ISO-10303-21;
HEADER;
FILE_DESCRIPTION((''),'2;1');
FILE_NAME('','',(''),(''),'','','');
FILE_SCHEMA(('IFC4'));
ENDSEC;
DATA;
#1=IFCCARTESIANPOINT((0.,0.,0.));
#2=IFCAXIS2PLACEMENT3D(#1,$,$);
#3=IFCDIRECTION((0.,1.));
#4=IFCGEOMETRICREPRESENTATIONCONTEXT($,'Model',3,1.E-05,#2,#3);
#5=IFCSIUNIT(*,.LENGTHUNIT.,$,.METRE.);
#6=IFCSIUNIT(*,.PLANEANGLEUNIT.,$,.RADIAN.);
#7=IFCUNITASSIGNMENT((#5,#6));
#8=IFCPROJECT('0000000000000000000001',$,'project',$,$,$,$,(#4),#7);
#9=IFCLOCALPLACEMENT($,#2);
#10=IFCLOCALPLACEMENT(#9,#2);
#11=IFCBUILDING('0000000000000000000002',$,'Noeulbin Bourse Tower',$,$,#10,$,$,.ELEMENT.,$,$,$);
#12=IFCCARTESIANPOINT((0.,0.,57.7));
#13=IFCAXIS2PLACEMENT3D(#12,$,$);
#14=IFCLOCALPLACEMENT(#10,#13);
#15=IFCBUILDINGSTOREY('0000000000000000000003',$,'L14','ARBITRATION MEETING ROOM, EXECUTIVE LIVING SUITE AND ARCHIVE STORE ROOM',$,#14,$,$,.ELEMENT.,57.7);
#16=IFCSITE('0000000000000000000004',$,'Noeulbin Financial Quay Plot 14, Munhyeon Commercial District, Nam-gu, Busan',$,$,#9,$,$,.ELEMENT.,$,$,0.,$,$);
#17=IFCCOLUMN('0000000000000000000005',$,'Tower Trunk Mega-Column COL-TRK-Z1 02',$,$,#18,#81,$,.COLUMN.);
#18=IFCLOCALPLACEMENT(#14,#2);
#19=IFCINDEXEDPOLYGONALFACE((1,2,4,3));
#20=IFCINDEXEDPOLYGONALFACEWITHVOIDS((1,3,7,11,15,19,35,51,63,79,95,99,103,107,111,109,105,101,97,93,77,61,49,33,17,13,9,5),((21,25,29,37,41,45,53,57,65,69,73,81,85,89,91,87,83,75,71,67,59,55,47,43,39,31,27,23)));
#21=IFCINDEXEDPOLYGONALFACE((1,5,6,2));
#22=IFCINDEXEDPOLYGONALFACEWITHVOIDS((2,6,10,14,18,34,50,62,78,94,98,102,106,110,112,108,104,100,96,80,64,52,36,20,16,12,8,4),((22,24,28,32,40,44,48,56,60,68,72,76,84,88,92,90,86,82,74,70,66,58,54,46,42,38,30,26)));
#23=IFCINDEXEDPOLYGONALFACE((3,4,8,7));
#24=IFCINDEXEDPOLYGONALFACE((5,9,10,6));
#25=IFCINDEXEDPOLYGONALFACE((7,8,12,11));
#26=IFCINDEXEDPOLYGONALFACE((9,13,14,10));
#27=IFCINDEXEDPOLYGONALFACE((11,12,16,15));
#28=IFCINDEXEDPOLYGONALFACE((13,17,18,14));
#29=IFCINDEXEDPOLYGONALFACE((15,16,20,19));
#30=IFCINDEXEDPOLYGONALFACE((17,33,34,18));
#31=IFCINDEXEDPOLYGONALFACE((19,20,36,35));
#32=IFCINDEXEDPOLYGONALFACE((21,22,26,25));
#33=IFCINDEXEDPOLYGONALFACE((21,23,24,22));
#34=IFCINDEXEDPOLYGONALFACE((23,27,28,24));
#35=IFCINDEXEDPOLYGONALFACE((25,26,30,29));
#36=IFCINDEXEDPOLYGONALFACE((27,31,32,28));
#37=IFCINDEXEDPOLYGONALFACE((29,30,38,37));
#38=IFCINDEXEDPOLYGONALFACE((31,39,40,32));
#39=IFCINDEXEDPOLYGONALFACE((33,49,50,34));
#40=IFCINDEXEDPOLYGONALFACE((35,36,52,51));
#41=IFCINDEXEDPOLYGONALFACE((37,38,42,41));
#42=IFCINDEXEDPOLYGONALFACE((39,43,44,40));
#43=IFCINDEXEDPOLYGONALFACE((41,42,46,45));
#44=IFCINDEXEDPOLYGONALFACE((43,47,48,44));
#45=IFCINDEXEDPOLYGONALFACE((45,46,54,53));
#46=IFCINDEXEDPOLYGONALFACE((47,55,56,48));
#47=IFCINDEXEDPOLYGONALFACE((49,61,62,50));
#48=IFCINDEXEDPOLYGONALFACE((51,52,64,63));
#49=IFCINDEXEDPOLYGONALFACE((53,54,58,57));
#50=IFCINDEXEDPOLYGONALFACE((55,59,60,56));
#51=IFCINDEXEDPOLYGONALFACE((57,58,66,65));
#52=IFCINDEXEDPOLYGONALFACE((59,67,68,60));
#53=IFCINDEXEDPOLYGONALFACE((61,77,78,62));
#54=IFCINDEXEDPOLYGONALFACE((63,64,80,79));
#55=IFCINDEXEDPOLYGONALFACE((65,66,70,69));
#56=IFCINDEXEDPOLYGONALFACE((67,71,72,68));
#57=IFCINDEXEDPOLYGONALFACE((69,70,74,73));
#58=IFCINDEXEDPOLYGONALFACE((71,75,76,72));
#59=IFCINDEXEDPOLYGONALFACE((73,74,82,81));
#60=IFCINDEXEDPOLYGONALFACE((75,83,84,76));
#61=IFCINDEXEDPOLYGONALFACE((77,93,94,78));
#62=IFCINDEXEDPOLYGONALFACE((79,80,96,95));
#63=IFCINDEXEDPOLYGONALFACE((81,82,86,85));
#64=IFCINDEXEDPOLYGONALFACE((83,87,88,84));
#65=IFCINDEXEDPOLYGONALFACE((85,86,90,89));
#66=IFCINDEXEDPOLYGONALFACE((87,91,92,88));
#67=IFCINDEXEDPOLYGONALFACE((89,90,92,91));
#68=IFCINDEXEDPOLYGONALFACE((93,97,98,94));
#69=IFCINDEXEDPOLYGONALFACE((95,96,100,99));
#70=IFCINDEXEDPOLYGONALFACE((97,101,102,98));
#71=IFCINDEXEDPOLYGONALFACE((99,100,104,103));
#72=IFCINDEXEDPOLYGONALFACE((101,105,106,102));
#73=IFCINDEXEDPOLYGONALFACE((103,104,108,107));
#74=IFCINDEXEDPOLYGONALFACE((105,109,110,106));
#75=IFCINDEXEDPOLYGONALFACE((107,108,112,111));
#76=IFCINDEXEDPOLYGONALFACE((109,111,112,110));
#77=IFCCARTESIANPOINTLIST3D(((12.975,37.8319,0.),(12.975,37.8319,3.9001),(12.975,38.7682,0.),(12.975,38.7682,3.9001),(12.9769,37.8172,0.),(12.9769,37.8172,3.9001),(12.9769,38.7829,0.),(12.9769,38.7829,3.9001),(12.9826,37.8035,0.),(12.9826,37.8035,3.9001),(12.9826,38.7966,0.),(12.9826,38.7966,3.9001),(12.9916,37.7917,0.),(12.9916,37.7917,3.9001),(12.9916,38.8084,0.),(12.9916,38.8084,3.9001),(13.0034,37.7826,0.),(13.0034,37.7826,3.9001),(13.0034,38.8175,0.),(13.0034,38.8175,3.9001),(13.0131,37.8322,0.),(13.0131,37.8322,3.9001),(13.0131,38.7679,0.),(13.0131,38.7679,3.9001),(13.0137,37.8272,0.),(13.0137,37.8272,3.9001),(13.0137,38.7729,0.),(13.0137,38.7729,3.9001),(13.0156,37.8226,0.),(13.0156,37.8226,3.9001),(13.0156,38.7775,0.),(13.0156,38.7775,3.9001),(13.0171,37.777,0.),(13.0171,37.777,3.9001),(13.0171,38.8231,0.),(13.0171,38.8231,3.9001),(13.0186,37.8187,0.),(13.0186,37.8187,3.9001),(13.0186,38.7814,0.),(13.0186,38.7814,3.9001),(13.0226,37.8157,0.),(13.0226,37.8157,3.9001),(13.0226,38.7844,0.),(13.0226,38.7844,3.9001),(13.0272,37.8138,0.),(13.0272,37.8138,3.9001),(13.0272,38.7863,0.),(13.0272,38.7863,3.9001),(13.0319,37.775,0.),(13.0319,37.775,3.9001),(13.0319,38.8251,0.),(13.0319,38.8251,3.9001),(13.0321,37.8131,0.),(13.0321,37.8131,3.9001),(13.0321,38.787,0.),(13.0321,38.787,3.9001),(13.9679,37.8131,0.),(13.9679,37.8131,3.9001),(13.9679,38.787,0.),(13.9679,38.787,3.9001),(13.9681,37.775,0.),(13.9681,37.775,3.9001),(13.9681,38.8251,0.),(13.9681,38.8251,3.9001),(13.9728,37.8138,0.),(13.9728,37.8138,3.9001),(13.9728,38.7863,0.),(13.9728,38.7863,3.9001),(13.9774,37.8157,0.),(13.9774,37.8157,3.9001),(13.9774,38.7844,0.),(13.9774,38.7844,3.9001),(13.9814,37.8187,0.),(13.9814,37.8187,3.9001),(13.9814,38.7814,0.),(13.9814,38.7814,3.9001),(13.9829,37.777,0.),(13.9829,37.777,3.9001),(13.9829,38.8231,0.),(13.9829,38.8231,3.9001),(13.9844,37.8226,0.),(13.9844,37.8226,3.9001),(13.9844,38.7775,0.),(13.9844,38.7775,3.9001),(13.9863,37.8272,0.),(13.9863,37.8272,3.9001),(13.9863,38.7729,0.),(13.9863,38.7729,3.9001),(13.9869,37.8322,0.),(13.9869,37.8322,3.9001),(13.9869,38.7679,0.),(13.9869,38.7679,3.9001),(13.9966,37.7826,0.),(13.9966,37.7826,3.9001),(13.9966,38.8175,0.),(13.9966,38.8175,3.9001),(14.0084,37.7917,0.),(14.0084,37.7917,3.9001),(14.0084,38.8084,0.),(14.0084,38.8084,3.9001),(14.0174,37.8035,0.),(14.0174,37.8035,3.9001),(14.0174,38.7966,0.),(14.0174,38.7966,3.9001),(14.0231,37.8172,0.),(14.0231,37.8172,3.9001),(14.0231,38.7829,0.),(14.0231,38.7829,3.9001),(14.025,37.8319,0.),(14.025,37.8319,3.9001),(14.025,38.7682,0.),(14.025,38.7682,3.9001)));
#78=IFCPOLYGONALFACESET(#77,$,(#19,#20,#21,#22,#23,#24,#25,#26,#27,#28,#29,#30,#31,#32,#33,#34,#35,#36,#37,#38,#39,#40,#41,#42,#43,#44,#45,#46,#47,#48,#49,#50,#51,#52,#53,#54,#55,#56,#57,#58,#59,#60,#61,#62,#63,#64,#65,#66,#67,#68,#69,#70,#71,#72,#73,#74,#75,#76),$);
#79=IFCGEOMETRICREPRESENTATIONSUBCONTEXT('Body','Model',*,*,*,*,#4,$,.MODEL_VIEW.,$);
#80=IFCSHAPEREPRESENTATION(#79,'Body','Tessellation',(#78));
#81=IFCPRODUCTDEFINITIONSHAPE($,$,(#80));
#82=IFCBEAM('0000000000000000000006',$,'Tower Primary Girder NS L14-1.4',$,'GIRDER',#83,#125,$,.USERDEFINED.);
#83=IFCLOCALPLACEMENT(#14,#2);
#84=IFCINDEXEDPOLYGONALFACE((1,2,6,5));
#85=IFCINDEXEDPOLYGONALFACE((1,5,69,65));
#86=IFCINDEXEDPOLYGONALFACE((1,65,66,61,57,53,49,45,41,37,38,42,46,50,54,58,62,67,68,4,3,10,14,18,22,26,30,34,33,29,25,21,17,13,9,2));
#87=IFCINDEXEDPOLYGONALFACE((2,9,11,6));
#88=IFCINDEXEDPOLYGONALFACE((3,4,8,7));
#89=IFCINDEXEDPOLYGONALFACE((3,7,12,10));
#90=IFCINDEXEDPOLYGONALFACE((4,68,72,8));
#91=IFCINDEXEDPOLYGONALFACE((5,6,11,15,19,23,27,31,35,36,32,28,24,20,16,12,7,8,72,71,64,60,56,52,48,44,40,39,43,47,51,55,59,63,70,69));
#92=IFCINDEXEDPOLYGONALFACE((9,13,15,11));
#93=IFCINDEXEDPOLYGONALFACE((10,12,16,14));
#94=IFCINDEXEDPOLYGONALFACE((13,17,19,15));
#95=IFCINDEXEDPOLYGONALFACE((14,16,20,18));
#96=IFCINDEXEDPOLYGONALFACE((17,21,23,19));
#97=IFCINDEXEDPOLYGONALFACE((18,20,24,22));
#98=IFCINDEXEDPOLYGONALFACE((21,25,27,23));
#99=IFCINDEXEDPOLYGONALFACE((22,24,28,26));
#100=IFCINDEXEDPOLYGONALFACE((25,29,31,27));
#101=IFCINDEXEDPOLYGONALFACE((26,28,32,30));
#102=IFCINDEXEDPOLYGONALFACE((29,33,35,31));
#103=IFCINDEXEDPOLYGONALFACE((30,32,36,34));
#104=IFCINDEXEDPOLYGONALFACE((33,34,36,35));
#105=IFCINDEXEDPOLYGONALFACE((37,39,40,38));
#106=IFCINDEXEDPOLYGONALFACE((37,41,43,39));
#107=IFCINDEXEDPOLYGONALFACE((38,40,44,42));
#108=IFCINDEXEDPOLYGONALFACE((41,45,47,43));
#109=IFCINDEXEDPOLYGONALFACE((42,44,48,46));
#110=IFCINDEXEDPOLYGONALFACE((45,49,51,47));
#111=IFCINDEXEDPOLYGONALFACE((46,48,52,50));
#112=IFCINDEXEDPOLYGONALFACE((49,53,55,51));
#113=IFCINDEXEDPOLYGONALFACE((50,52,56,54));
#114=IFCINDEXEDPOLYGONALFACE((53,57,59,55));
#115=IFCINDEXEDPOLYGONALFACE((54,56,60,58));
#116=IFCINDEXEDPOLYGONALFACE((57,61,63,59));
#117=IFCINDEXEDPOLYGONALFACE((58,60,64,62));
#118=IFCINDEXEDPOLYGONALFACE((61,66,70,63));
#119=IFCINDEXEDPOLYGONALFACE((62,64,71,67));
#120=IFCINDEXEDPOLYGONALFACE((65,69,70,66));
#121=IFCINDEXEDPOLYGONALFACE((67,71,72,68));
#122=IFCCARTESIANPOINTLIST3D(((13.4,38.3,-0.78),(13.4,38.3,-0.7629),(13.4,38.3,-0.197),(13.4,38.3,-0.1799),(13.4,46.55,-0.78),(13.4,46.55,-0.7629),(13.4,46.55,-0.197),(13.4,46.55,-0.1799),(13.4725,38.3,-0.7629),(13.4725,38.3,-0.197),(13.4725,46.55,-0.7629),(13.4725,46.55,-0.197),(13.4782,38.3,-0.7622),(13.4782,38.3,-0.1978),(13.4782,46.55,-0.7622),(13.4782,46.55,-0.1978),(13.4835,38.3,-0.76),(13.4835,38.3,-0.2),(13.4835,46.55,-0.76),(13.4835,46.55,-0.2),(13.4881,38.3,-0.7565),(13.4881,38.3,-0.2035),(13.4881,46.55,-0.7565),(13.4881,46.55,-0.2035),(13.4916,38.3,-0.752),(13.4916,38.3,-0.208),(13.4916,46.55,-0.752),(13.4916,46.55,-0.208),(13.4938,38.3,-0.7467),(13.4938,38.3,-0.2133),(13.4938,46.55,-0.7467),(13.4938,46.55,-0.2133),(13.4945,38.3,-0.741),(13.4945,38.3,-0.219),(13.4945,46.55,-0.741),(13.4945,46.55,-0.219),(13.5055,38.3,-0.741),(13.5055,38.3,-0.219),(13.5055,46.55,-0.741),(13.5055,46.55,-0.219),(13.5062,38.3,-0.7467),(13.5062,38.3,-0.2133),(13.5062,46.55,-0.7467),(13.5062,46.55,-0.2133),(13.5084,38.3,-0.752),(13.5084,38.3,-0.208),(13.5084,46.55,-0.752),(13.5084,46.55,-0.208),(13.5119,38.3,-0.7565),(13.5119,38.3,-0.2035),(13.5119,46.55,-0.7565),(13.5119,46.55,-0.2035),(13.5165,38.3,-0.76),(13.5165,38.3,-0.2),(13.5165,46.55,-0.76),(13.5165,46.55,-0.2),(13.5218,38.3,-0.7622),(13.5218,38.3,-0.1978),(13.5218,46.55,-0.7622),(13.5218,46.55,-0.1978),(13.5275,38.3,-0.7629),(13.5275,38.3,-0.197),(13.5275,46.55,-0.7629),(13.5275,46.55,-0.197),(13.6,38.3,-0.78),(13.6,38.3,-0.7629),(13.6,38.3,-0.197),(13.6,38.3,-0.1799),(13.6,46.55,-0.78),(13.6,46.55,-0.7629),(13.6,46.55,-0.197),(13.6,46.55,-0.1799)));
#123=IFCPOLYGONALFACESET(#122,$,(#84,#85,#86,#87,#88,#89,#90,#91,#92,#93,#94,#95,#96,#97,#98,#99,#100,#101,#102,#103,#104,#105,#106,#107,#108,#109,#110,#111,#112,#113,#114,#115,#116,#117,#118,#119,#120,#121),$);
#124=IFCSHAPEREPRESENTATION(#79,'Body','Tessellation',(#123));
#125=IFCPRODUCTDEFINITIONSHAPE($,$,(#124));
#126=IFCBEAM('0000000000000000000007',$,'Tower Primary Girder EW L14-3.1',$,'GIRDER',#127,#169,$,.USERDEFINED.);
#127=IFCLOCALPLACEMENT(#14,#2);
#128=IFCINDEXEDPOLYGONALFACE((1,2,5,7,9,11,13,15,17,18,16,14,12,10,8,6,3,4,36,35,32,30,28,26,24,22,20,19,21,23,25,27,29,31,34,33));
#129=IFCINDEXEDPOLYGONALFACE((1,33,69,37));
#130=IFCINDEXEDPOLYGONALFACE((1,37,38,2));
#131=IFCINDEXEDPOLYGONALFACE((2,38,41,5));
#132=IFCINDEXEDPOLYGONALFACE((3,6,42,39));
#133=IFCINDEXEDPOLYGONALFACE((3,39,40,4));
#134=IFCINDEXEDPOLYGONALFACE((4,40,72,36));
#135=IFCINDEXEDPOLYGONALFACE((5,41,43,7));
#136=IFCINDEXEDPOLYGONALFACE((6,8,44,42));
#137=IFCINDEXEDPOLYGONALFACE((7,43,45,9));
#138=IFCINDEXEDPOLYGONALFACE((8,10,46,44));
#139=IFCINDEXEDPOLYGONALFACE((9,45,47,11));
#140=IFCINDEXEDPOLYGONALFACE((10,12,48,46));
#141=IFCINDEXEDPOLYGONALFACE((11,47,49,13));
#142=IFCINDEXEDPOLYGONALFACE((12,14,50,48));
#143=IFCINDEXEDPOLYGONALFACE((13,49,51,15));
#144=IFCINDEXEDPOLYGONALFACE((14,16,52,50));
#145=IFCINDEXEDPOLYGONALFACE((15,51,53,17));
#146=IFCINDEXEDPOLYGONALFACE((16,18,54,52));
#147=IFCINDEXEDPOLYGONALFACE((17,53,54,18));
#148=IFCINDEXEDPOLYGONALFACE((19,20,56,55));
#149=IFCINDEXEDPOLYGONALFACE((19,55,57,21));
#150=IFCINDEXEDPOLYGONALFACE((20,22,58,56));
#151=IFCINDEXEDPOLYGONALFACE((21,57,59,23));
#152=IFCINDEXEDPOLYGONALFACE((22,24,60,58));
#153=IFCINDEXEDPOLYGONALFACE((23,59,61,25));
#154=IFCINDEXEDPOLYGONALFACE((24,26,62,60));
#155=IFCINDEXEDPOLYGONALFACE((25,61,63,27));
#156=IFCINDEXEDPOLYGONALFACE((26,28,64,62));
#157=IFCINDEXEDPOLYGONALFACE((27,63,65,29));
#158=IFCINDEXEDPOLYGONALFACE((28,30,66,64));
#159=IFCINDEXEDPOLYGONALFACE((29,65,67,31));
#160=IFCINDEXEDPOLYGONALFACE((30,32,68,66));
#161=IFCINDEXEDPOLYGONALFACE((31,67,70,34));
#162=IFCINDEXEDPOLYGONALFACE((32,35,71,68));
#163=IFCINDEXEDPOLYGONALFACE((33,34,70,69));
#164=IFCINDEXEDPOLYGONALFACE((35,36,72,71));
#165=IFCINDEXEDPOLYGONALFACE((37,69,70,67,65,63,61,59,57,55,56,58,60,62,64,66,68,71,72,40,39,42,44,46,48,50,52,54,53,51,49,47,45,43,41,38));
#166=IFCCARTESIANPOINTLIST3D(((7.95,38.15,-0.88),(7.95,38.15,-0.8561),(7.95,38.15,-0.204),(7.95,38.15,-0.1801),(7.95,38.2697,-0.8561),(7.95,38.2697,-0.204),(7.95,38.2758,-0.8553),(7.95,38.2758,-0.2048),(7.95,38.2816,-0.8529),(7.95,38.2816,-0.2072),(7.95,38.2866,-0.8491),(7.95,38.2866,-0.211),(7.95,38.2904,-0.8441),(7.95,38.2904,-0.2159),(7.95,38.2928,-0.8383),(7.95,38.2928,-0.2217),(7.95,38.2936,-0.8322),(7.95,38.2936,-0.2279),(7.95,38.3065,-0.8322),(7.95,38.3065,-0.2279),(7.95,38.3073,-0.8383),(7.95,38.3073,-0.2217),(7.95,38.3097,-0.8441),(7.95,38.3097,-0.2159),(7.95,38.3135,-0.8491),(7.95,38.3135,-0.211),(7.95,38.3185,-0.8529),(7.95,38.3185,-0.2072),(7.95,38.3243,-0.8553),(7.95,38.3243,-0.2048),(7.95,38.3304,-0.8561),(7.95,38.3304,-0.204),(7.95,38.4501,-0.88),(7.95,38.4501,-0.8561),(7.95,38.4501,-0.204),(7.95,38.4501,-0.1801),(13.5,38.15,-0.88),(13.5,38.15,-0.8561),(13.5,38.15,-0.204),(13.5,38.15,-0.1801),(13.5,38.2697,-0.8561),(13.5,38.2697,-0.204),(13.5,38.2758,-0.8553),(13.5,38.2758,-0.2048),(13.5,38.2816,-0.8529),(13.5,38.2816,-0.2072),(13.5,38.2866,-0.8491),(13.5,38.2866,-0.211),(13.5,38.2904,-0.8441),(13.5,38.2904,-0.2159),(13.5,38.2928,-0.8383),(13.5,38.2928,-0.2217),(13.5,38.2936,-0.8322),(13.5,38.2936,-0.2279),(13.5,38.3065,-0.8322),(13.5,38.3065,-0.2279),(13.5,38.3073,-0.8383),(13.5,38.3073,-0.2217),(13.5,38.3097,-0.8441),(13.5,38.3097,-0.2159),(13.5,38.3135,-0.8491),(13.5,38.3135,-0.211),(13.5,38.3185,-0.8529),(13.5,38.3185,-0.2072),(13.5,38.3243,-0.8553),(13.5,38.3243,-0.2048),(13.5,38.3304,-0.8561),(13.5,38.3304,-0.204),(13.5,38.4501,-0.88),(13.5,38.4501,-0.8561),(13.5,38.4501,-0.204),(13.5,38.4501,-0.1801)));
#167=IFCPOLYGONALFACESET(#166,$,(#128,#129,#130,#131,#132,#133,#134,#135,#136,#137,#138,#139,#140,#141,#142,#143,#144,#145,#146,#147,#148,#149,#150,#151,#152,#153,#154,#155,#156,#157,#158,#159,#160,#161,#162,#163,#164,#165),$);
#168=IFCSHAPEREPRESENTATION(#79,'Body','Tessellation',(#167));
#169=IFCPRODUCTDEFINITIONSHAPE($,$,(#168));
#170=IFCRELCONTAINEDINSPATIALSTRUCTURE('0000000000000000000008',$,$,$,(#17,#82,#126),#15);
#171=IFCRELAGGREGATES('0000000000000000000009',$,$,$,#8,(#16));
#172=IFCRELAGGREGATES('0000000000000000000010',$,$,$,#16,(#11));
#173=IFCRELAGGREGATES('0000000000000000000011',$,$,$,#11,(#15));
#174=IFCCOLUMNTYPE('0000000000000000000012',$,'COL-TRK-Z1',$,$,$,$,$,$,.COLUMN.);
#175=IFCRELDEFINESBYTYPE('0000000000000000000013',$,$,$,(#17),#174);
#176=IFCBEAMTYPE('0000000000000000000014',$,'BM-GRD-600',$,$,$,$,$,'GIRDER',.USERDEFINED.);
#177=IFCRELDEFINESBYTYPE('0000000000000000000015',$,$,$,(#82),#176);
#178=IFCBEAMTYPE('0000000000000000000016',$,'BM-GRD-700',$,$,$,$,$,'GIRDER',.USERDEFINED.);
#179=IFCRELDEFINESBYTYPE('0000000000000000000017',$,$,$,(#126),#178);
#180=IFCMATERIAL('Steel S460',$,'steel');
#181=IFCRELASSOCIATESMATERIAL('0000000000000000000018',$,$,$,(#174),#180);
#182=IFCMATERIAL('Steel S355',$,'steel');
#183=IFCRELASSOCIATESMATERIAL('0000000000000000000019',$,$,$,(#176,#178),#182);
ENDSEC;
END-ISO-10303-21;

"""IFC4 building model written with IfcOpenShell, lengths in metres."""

from ifc_helpers import new_model, si_unit, direction, frame, origin, origin_2d, place, context, subcontext, project, spatial, hollow_rectangle, i_section, extrude, material, material_profile, profile_set, type_object, element, save


model = new_model("IFC4")

# Units and contexts
model_context = context("Model", 3, precision=1e-05, world=origin(), true_north=direction((0.0, 1.0)))
body_context = subcontext(model_context, "Body", "Model", "MODEL_VIEW")
ifc_project = project(units=[si_unit("LENGTHUNIT", "METRE"), si_unit("PLANEANGLEUNIT", "RADIAN")], contexts=[model_context])

# Site, building, storey
site_placement = place(None, origin())
site = spatial("IfcSite", under=ifc_project, at=site_placement, Name="Noeulbin Financial Quay Plot 14, Munhyeon Commercial District, Nam-gu, Busan", CompositionType="ELEMENT", RefElevation=0.0)
building_placement = place(site_placement, origin())
building = spatial("IfcBuilding", under=site, at=building_placement, Name="Noeulbin Bourse Tower", CompositionType="ELEMENT")
storey_placement = place(building_placement, frame((0.0, 0.0, 57.7)))
storey = spatial("IfcBuildingStorey", under=building, at=storey_placement, Name="L14", Description="ARBITRATION MEETING ROOM, EXECUTIVE LIVING SUITE AND ARCHIVE STORE ROOM", CompositionType="ELEMENT", Elevation=57.7)

# Column
ifc_material_1 = material(Name="Steel S460", Category="steel")
ifc_material_profile_1 = material_profile(ifc_material_1, hollow_rectangle(XDim=1.05, YDim=1.05, WallThickness=0.0381, InnerFilletRadius=0.019, OuterFilletRadius=0.0569, at=origin_2d()), Name="BOX-1050x1050x38", Category="LoadBearing")
ifc_profile_set_1 = profile_set([ifc_material_profile_1], Name="Steel S460")
column_type_1 = type_object("IfcColumnType", Name="COL-TRK-Z1", PredefinedType="COLUMN", material=ifc_profile_set_1)
column_placement = place(storey_placement, frame((13.5, 38.3, 0.0), z_axis=(0.0, 0.0, 1.0), x_axis=(1.0, 0.0, 0.0)))
element("IfcColumn", 1, at=column_placement, inside=storey, type_object=column_type_1, Name="Tower Trunk Mega-Column COL-TRK-Z1 02", PredefinedType="COLUMN", context=body_context, shape_type="SweptSolid", body=[
    extrude(hollow_rectangle(XDim=1.05, YDim=1.05, WallThickness=0.0381, InnerFilletRadius=0.019, OuterFilletRadius=0.0569, at=origin_2d()), origin(), (0.0, 0.0, 1.0), 3.9001),
])

# Beams
ifc_material_2 = material(Name="Steel S355", Category="steel")
ifc_material_profile_2 = material_profile(ifc_material_2, i_section(OverallWidth=0.2, OverallDepth=0.6001, WebThickness=0.011, FlangeThickness=0.0171, FilletRadius=0.022, at=origin_2d()), Name="H-600x200x11x17", Category="LoadBearing")
ifc_profile_set_2 = profile_set([ifc_material_profile_2], Name="Steel S355")
beam_type_1 = type_object("IfcBeamType", Name="BM-GRD-600", ElementType="GIRDER", PredefinedType="USERDEFINED", material=ifc_profile_set_2)
beam_1_placement = place(storey_placement, frame((13.5, 38.3, -0.48), z_axis=(0.0, 1.0, 0.0), x_axis=(-1.0, 0.0, 0.0)))
element("IfcBeam", 2, at=beam_1_placement, inside=storey, type_object=beam_type_1, Name="Tower Primary Girder NS L14-1.4", ObjectType="GIRDER", PredefinedType="USERDEFINED", context=body_context, shape_type="SweptSolid", body=[
    extrude(i_section(OverallWidth=0.2, OverallDepth=0.6001, WebThickness=0.011, FlangeThickness=0.0171, FilletRadius=0.022, at=origin_2d()), origin(), (0.0, 0.0, 1.0), 8.25),
])
ifc_material_profile_3 = material_profile(ifc_material_2, i_section(OverallWidth=0.3, OverallDepth=0.7, WebThickness=0.0129, FlangeThickness=0.0239, FilletRadius=0.0239, at=origin_2d()), Name="H-700x300x13x24", Category="LoadBearing")
ifc_profile_set_3 = profile_set([ifc_material_profile_3], Name="Steel S355")
beam_type_2 = type_object("IfcBeamType", Name="BM-GRD-700", ElementType="GIRDER", PredefinedType="USERDEFINED", material=ifc_profile_set_3)
beam_2_placement = place(storey_placement, frame((7.95, 38.3, -0.53), z_axis=(1.0, 0.0, 0.0), x_axis=(0.0, 1.0, 0.0)))
element("IfcBeam", 3, at=beam_2_placement, inside=storey, type_object=beam_type_2, Name="Tower Primary Girder EW L14-3.1", ObjectType="GIRDER", PredefinedType="USERDEFINED", context=body_context, shape_type="SweptSolid", body=[
    extrude(i_section(OverallWidth=0.3, OverallDepth=0.7, WebThickness=0.0129, FlangeThickness=0.0239, FilletRadius=0.0239, at=origin_2d()), origin(), (0.0, 0.0, 1.0), 5.55),
])

save(model, "model.ifc")
